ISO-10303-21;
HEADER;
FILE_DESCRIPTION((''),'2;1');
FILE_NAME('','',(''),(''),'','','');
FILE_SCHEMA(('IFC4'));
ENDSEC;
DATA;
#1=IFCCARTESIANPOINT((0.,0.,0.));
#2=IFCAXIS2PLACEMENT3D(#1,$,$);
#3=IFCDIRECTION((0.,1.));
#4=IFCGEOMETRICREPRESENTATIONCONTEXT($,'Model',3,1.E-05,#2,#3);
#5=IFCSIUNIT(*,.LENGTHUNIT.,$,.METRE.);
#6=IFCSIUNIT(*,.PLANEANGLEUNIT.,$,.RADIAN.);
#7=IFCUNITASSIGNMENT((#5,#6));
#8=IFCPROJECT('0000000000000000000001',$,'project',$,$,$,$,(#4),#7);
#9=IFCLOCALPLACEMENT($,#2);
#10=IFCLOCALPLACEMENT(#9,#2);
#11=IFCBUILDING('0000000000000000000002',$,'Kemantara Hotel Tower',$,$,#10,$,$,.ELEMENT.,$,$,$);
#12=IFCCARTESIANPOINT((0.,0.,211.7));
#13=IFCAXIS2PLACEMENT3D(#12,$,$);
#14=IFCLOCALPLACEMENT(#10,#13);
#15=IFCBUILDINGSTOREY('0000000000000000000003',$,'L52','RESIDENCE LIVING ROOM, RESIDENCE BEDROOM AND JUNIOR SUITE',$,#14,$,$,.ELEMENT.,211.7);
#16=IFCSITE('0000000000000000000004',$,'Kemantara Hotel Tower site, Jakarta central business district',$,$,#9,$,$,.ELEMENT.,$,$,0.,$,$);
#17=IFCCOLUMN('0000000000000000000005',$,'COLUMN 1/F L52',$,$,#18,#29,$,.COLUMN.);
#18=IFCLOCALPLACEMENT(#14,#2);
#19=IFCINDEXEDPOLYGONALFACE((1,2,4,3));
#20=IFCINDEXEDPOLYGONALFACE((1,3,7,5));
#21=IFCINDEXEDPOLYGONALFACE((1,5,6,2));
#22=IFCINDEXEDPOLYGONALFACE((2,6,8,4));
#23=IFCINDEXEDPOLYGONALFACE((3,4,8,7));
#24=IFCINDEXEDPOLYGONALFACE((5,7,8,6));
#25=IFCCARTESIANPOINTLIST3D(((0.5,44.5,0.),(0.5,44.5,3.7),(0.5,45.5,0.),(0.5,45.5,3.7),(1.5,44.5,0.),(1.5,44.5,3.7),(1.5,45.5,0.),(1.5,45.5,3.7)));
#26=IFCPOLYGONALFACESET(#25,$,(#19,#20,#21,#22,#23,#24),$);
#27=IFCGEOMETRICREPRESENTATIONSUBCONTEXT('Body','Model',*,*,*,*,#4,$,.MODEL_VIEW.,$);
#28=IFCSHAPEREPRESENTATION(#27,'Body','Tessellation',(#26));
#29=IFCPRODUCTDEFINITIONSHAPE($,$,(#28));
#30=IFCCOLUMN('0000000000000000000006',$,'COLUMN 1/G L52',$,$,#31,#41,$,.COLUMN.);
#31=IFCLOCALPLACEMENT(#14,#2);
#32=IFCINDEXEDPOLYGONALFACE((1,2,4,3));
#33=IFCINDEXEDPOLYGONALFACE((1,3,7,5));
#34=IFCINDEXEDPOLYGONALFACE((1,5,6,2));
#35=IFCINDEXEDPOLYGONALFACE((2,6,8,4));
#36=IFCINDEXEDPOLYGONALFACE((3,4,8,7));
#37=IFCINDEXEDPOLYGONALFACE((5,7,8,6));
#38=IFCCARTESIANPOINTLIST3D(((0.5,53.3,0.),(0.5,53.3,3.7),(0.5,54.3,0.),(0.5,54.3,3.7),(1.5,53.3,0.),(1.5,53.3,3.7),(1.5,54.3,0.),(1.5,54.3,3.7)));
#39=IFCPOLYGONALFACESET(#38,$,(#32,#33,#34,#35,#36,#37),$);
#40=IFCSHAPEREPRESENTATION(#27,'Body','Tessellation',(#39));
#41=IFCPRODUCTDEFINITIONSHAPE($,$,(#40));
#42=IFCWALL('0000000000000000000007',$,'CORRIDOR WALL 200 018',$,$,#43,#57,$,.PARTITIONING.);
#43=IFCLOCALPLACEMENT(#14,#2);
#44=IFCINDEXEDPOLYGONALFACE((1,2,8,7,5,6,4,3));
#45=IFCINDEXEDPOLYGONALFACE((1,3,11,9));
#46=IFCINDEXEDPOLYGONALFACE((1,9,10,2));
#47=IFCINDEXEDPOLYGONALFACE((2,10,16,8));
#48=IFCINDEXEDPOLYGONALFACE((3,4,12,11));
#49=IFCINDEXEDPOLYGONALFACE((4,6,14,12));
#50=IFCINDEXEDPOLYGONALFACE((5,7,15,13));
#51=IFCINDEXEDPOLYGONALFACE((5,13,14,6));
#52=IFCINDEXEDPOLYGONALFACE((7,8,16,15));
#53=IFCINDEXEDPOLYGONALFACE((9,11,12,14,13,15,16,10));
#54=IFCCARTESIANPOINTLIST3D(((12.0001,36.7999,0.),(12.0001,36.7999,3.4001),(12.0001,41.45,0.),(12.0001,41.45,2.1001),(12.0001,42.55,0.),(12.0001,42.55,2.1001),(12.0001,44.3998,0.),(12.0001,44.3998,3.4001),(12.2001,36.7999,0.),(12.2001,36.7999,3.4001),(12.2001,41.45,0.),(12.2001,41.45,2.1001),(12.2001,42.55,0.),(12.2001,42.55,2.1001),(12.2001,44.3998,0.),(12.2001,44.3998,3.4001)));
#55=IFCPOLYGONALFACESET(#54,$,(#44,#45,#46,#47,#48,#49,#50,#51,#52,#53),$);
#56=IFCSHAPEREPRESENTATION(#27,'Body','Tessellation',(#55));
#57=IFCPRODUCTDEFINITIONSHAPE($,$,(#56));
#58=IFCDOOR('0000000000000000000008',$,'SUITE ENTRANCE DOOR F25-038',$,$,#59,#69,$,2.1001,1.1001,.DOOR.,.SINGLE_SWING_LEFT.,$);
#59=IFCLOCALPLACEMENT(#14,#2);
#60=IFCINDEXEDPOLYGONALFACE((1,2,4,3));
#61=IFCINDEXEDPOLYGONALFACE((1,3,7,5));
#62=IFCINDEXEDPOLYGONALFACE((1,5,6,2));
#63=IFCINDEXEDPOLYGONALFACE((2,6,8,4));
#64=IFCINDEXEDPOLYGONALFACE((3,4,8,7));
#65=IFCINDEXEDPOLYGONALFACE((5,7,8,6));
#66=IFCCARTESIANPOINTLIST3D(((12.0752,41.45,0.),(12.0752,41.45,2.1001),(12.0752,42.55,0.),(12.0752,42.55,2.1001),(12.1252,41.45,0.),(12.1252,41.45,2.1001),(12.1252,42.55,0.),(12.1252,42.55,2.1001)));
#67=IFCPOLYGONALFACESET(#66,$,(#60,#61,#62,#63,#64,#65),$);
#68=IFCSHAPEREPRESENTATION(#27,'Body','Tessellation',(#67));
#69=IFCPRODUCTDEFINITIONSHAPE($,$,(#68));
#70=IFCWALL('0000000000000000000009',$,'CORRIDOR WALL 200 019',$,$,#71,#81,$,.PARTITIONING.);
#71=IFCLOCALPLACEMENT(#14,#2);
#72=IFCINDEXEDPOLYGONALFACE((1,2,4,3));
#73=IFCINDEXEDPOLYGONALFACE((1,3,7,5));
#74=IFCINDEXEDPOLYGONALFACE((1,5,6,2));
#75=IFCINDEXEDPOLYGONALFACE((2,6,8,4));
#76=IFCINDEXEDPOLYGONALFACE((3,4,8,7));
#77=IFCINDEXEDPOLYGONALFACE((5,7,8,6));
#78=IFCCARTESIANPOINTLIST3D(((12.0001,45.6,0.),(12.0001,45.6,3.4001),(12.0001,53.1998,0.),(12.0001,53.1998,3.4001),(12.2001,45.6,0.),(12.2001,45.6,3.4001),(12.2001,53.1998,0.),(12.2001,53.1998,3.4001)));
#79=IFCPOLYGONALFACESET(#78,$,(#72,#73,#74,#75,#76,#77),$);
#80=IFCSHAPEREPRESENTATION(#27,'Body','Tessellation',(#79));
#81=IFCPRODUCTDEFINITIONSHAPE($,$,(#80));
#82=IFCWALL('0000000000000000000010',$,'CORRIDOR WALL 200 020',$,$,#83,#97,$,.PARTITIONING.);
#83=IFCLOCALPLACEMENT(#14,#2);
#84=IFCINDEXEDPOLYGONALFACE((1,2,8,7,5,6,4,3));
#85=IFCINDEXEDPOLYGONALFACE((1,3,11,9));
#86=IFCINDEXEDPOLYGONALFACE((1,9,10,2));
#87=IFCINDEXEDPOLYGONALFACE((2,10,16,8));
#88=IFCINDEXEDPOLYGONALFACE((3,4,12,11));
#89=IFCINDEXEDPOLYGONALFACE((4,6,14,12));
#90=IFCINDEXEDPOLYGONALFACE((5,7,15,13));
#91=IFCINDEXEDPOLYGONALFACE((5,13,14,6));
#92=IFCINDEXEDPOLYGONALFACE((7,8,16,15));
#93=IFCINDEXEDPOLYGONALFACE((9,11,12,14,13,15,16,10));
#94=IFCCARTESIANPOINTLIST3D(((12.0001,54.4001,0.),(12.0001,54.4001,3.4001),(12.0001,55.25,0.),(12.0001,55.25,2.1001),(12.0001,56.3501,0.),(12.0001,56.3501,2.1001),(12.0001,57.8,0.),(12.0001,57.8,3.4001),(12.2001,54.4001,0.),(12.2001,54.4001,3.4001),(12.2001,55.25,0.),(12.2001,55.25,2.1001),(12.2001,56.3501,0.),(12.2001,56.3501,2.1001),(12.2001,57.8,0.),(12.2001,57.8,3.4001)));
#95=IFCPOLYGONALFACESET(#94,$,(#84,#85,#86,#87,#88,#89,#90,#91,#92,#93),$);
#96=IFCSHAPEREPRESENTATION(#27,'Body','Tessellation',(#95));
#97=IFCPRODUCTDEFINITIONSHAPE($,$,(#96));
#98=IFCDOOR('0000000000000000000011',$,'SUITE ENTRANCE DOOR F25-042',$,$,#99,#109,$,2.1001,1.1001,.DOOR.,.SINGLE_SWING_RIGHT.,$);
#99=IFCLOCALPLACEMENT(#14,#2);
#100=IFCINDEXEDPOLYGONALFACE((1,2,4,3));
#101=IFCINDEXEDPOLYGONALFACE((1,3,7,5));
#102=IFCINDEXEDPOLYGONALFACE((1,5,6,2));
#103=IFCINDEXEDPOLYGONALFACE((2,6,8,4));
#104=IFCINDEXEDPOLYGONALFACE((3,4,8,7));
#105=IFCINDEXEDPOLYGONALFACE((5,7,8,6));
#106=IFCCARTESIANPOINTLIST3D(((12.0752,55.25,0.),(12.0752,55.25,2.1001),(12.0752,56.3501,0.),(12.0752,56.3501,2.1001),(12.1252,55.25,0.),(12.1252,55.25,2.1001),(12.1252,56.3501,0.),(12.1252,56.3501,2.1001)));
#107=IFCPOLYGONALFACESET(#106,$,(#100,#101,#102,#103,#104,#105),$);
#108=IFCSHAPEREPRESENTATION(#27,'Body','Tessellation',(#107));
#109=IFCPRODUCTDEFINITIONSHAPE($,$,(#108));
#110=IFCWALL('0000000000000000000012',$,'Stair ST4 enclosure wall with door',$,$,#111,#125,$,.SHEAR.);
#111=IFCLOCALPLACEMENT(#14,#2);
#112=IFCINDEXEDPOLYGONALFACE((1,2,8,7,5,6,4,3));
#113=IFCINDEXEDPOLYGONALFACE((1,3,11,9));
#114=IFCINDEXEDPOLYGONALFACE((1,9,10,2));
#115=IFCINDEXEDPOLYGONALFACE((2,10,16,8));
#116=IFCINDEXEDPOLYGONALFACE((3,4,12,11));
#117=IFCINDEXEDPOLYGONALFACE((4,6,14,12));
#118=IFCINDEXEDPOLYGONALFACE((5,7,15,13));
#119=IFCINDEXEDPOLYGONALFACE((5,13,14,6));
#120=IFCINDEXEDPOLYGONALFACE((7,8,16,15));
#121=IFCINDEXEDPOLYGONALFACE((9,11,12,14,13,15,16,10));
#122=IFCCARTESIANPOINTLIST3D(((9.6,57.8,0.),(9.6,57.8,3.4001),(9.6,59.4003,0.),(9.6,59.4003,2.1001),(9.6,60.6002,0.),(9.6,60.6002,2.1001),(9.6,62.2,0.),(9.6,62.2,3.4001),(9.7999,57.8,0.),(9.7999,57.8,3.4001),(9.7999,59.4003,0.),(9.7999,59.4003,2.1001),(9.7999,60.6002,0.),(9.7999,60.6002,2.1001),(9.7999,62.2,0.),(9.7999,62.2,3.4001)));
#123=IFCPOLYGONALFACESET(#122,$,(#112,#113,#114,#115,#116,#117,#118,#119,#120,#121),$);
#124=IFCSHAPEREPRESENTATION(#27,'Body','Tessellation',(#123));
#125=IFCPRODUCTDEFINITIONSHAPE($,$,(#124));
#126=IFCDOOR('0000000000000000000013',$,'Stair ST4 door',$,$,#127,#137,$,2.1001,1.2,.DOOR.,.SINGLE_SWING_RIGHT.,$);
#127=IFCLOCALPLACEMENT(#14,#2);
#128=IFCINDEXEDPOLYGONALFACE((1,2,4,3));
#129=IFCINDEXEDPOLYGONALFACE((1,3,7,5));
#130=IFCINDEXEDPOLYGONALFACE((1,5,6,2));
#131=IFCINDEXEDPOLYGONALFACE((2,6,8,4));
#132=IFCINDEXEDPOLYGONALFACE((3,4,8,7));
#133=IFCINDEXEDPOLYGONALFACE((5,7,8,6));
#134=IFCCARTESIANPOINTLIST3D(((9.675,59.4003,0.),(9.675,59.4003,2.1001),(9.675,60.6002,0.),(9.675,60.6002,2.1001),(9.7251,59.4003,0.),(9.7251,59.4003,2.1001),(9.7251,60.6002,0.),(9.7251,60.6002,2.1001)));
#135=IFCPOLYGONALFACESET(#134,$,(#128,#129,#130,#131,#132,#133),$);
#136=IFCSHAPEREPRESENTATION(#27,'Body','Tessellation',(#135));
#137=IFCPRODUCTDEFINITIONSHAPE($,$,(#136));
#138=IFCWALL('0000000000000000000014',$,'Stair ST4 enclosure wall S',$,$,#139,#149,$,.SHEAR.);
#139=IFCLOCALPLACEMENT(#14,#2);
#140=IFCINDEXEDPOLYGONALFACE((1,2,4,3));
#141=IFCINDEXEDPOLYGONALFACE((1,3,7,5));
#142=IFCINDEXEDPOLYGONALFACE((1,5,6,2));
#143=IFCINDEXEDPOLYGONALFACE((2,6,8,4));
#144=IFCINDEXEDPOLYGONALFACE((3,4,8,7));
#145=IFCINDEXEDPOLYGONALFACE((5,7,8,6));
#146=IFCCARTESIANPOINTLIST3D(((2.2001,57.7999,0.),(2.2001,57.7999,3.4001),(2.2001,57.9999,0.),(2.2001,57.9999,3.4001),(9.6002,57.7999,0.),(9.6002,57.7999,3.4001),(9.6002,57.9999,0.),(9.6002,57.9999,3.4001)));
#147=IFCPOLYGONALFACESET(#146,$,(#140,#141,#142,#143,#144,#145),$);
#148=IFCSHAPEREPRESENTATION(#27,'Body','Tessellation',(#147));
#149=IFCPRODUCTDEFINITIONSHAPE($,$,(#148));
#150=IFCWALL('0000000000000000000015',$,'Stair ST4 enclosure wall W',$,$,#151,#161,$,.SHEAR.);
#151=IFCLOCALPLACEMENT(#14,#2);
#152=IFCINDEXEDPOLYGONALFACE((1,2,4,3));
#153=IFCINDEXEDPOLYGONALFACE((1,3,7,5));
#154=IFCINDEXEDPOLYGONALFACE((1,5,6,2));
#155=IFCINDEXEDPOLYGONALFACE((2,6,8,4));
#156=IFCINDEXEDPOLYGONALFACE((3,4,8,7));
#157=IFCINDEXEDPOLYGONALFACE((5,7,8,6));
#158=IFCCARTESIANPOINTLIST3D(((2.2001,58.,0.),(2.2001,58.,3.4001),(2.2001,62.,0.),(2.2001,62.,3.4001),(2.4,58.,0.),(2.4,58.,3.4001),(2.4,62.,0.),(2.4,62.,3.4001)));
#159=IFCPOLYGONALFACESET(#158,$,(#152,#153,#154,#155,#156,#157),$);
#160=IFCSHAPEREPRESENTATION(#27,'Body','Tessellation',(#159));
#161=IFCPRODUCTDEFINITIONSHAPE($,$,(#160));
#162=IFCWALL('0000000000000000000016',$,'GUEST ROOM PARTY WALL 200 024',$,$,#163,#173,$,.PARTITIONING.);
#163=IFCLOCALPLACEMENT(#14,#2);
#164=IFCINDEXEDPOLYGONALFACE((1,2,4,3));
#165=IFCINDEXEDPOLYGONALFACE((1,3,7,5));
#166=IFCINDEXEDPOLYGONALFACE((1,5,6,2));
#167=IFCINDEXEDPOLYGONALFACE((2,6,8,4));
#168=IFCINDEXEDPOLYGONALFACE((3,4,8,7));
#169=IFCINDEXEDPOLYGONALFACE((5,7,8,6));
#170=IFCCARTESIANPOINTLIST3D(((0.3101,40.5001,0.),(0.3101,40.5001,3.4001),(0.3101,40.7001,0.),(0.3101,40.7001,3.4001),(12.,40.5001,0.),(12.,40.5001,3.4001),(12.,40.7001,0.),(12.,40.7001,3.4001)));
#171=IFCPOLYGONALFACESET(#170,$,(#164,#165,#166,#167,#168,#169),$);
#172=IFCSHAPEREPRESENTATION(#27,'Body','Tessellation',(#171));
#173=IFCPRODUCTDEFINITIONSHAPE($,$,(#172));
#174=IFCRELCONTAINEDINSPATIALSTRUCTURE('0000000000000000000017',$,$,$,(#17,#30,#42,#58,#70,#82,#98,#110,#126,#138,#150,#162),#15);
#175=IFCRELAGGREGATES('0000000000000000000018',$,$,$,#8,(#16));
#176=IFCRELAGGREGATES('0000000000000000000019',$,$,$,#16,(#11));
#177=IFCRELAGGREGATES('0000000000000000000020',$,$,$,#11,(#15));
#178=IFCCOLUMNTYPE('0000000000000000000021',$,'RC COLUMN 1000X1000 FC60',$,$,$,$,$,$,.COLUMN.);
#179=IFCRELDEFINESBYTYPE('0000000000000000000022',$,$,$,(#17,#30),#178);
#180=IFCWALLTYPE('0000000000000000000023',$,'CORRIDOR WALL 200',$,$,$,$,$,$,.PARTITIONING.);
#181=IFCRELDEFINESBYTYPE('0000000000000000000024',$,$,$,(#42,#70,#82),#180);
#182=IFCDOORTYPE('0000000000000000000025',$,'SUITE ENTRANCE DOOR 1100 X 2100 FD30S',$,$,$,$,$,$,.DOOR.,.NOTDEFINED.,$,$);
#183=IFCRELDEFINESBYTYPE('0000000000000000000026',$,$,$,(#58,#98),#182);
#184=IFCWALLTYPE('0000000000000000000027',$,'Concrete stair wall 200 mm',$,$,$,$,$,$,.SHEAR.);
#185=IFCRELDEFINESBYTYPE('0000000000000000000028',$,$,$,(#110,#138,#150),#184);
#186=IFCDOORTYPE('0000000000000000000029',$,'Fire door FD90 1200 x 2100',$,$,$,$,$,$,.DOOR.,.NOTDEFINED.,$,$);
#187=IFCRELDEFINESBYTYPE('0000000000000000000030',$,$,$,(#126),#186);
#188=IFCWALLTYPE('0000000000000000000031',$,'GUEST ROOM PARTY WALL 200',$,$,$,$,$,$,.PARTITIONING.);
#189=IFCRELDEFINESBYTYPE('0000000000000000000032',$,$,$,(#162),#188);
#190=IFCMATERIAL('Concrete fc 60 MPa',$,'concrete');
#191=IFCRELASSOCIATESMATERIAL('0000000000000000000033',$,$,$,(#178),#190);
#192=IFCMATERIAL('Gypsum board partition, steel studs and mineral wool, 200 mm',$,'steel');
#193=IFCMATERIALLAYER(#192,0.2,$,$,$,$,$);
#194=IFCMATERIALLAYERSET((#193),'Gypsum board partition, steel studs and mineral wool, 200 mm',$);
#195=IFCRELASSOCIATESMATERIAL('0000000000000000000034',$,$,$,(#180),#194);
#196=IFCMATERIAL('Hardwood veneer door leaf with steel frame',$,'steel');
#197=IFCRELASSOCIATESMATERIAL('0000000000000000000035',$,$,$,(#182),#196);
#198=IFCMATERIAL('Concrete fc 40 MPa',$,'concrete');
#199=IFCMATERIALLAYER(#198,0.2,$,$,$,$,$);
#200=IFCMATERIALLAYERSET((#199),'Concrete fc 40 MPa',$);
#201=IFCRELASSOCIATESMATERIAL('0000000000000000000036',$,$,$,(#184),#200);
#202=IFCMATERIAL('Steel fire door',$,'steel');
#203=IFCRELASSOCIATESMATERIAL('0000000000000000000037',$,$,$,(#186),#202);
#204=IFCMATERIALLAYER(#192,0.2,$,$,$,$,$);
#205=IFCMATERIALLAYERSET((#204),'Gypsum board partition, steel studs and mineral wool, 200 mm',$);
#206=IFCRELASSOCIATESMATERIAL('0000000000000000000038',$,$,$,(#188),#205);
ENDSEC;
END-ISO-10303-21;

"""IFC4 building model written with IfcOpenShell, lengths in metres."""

from ifc_helpers import new_model, si_unit, direction, frame, frame_2d, origin, origin_2d, place, context, subcontext, project, spatial, rectangle, extrude, material, layer, layer_set, material_profile, profile_set, type_object, element, fill, save


model = new_model("IFC4")

# Units and contexts
model_context = context("Model", 3, precision=1e-05, world=origin(), true_north=direction((0.0, 1.0)))
body_context = subcontext(model_context, "Body", "Model", "MODEL_VIEW")
ifc_project = project(units=[si_unit("LENGTHUNIT", "METRE"), si_unit("PLANEANGLEUNIT", "RADIAN")], contexts=[model_context])

# Site, building, storey
site_placement = place(None, origin())
site = spatial("IfcSite", under=ifc_project, at=site_placement, Name="Kemantara Hotel Tower site, Jakarta central business district", CompositionType="ELEMENT", RefElevation=0.0)
building_placement = place(site_placement, origin())
building = spatial("IfcBuilding", under=site, at=building_placement, Name="Kemantara Hotel Tower", CompositionType="ELEMENT")
storey_placement = place(building_placement, frame((0.0, 0.0, 211.7)))
storey = spatial("IfcBuildingStorey", under=building, at=storey_placement, Name="L52", Description="RESIDENCE LIVING ROOM, RESIDENCE BEDROOM AND JUNIOR SUITE", CompositionType="ELEMENT", Elevation=211.7)

# Columns
ifc_material_1 = material(Name="Concrete fc 60 MPa", Category="concrete")
ifc_material_profile = material_profile(ifc_material_1, rectangle(XDim=1.0, YDim=1.0, at=origin_2d()), Name="RC 1000X1000")
ifc_profile_set = profile_set([ifc_material_profile], Name="Concrete fc 60 MPa")
column_type = type_object("IfcColumnType", Name="RC COLUMN 1000X1000 FC60", PredefinedType="COLUMN", material=ifc_profile_set)
for number, where, z_axis, x_axis, name in (
    (1, (1.0, 45.0, 0.0), (0.0, 0.0, 1.0), (1.0, 0.0, 0.0), "COLUMN 1/F L52"),
    (2, (1.0, 53.8, 0.0), (0.0, 0.0, 1.0), (1.0, 0.0, 0.0), "COLUMN 1/G L52"),
):
    element("IfcColumn", number, at=place(storey_placement, frame(where, z_axis=z_axis, x_axis=x_axis)), inside=storey, type_object=column_type, Name=name, PredefinedType="COLUMN", context=body_context, shape_type="SweptSolid", body=[
        extrude(rectangle(XDim=1.0, YDim=1.0, at=origin_2d()), origin(), (0.0, 0.0, 1.0), 3.7),
    ])

# Wall, opening, door
ifc_material_2 = material(Name="Gypsum board partition, steel studs and mineral wool, 200 mm", Category="steel")
ifc_layer_1 = layer(ifc_material_2, 0.2)
ifc_layer_set_1 = layer_set([ifc_layer_1], Name="Gypsum board partition, steel studs and mineral wool, 200 mm")
wall_type_1 = type_object("IfcWallType", Name="CORRIDOR WALL 200", PredefinedType="PARTITIONING", material=ifc_layer_set_1)
wall_1_placement = place(storey_placement, frame((12.1001, 36.8, 0.0), z_axis=(0.0, 0.0, 1.0), x_axis=(0.0, 1.0, 0.0)))
wall_1 = element("IfcWall", 3, at=wall_1_placement, inside=storey, type_object=wall_type_1, Name="CORRIDOR WALL 200 018", PredefinedType="PARTITIONING", context=body_context, shape_type="SweptSolid", body=[
    extrude(rectangle(XDim=7.5999, YDim=0.2, at=frame_2d((3.7998, 0.0))), origin(), (0.0, 0.0, 1.0), 3.4001),
])
opening_1_placement = place(wall_1_placement, frame((4.6499, 0.0, 0.0)))
opening_1 = element("IfcOpeningElement", 4, at=opening_1_placement, cuts=wall_1, PredefinedType="OPENING", context=body_context, shape_type="SweptSolid", body=[
    extrude(rectangle(XDim=1.1001, YDim=2.1001, at=frame_2d((0.55, 1.05))), frame((0.0, 0.1099, 0.0), z_axis=(0.0, -1.0, 0.0), x_axis=(1.0, 0.0, 0.0)), (0.0, 0.0, 1.0), 0.22),
])
ifc_material_3 = material(Name="Hardwood veneer door leaf with steel frame", Category="steel")
door_type_1 = type_object("IfcDoorType", Name="SUITE ENTRANCE DOOR 1100 X 2100 FD30S", OperationType="NOTDEFINED", PredefinedType="DOOR", material=ifc_material_3)
door_1_placement = place(opening_1_placement, origin())
door_1 = element("IfcDoor", 5, at=door_1_placement, inside=storey, type_object=door_type_1, Name="SUITE ENTRANCE DOOR F25-038", OperationType="SINGLE_SWING_LEFT", OverallHeight=2.1001, OverallWidth=1.1001, PredefinedType="DOOR", context=body_context, shape_type="SweptSolid", body=[
    extrude(rectangle(XDim=1.1001, YDim=2.1001, at=frame_2d((0.55, 1.05))), frame((0.0, 0.0249, 0.0), z_axis=(0.0, -1.0, 0.0), x_axis=(1.0, 0.0, 0.0)), (0.0, 0.0, 1.0), 0.05),
])
fill(opening_1, door_1)

# Wall
wall_2_placement = place(storey_placement, frame((12.1001, 45.6001, 0.0), z_axis=(0.0, 0.0, 1.0), x_axis=(0.0, 1.0, 0.0)))
element("IfcWall", 6, at=wall_2_placement, inside=storey, type_object=wall_type_1, Name="CORRIDOR WALL 200 019", PredefinedType="PARTITIONING", context=body_context, shape_type="SweptSolid", body=[
    extrude(rectangle(XDim=7.5999, YDim=0.2, at=frame_2d((3.7998, 0.0))), origin(), (0.0, 0.0, 1.0), 3.4001),
])

# Walls, openings, doors
wall_3_placement = place(storey_placement, frame((12.1001, 54.4001, 0.0), z_axis=(0.0, 0.0, 1.0), x_axis=(0.0, 1.0, 0.0)))
wall_3 = element("IfcWall", 7, at=wall_3_placement, inside=storey, type_object=wall_type_1, Name="CORRIDOR WALL 200 020", PredefinedType="PARTITIONING", context=body_context, shape_type="SweptSolid", body=[
    extrude(rectangle(XDim=3.3999, YDim=0.2, at=frame_2d((1.7, 0.0))), origin(), (0.0, 0.0, 1.0), 3.4001),
])
opening_2_placement = place(wall_3_placement, frame((0.8499, 0.0, 0.0)))
opening_2 = element("IfcOpeningElement", 8, at=opening_2_placement, cuts=wall_3, PredefinedType="OPENING", context=body_context, shape_type="SweptSolid", body=[
    extrude(rectangle(XDim=1.1001, YDim=2.1001, at=frame_2d((0.55, 1.05))), frame((0.0, 0.1099, 0.0), z_axis=(0.0, -1.0, 0.0), x_axis=(1.0, 0.0, 0.0)), (0.0, 0.0, 1.0), 0.22),
])
door_2_placement = place(opening_2_placement, origin())
door_2 = element("IfcDoor", 9, at=door_2_placement, inside=storey, type_object=door_type_1, Name="SUITE ENTRANCE DOOR F25-042", OperationType="SINGLE_SWING_RIGHT", OverallHeight=2.1001, OverallWidth=1.1001, PredefinedType="DOOR", context=body_context, shape_type="SweptSolid", body=[
    extrude(rectangle(XDim=1.1001, YDim=2.1001, at=frame_2d((0.55, 1.05))), frame((0.0, 0.0249, 0.0), z_axis=(0.0, -1.0, 0.0), x_axis=(1.0, 0.0, 0.0)), (0.0, 0.0, 1.0), 0.05),
])
fill(opening_2, door_2)
ifc_material_4 = material(Name="Concrete fc 40 MPa", Category="concrete")
ifc_layer_2 = layer(ifc_material_4, 0.2)
ifc_layer_set_2 = layer_set([ifc_layer_2], Name="Concrete fc 40 MPa")
wall_type_2 = type_object("IfcWallType", Name="Concrete stair wall 200 mm", PredefinedType="SHEAR", material=ifc_layer_set_2)
wall_4_placement = place(storey_placement, frame((9.7, 57.8, 0.0), z_axis=(0.0, 0.0, 1.0), x_axis=(0.0, 1.0, 0.0)))
wall_4 = element("IfcWall", 10, at=wall_4_placement, inside=storey, type_object=wall_type_2, Name="Stair ST4 enclosure wall with door", PredefinedType="SHEAR", context=body_context, shape_type="SweptSolid", body=[
    extrude(rectangle(XDim=4.3999, YDim=0.2, at=frame_2d((2.2, 0.0))), origin(), (0.0, 0.0, 1.0), 3.4001),
])
opening_3_placement = place(wall_4_placement, frame((1.6001, 0.0, 0.0)))
opening_3 = element("IfcOpeningElement", 11, at=opening_3_placement, cuts=wall_4, PredefinedType="OPENING", context=body_context, shape_type="SweptSolid", body=[
    extrude(rectangle(XDim=1.2, YDim=2.1001, at=frame_2d((0.6001, 1.05))), frame((0.0, 0.1099, 0.0), z_axis=(0.0, -1.0, 0.0), x_axis=(1.0, 0.0, 0.0)), (0.0, 0.0, 1.0), 0.22),
])
ifc_material_5 = material(Name="Steel fire door", Category="steel")
door_type_2 = type_object("IfcDoorType", Name="Fire door FD90 1200 x 2100", OperationType="NOTDEFINED", PredefinedType="DOOR", material=ifc_material_5)
door_3_placement = place(opening_3_placement, origin())
door_3 = element("IfcDoor", 12, at=door_3_placement, inside=storey, type_object=door_type_2, Name="Stair ST4 door", OperationType="SINGLE_SWING_RIGHT", OverallHeight=2.1001, OverallWidth=1.2, PredefinedType="DOOR", context=body_context, shape_type="SweptSolid", body=[
    extrude(rectangle(XDim=1.2, YDim=2.1001, at=frame_2d((0.6001, 1.05))), frame((0.0, 0.0249, 0.0), z_axis=(0.0, -1.0, 0.0), x_axis=(1.0, 0.0, 0.0)), (0.0, 0.0, 1.0), 0.05),
])
fill(opening_3, door_3)

# Walls
wall_5_placement = place(storey_placement, frame((2.2, 57.8999, 0.0), z_axis=(0.0, 0.0, 1.0), x_axis=(1.0, 0.0, 0.0)))
element("IfcWall", 13, at=wall_5_placement, inside=storey, type_object=wall_type_2, Name="Stair ST4 enclosure wall S", PredefinedType="SHEAR", context=body_context, shape_type="SweptSolid", body=[
    extrude(rectangle(XDim=7.4001, YDim=0.2, at=frame_2d((3.7002, 0.0))), origin(), (0.0, 0.0, 1.0), 3.4001),
])
wall_6_placement = place(storey_placement, frame((2.3, 58.0, 0.0), z_axis=(0.0, 0.0, 1.0), x_axis=(0.0, 1.0, 0.0)))
element("IfcWall", 14, at=wall_6_placement, inside=storey, type_object=wall_type_2, Name="Stair ST4 enclosure wall W", PredefinedType="SHEAR", context=body_context, shape_type="SweptSolid", body=[
    extrude(rectangle(XDim=4.0, YDim=0.2, at=frame_2d((2.0, 0.0))), origin(), (0.0, 0.0, 1.0), 3.4001),
])
ifc_layer_3 = layer(ifc_material_2, 0.2)
ifc_layer_set_3 = layer_set([ifc_layer_3], Name="Gypsum board partition, steel studs and mineral wool, 200 mm")
wall_type_3 = type_object("IfcWallType", Name="GUEST ROOM PARTY WALL 200", PredefinedType="PARTITIONING", material=ifc_layer_set_3)
for number, where, z_axis, x_axis, name in (
    (15, (0.3101, 40.6001, 0.0), (0.0, 0.0, 1.0), (1.0, 0.0, 0.0), "GUEST ROOM PARTY WALL 200 024"),
):
    element("IfcWall", number, at=place(storey_placement, frame(where, z_axis=z_axis, x_axis=x_axis)), inside=storey, type_object=wall_type_3, Name=name, PredefinedType="PARTITIONING", context=body_context, shape_type="SweptSolid", body=[
        extrude(rectangle(XDim=11.6899, YDim=0.2, at=frame_2d((5.845, 0.0))), origin(), (0.0, 0.0, 1.0), 3.4001),
    ])

save(model, "model.ifc")
